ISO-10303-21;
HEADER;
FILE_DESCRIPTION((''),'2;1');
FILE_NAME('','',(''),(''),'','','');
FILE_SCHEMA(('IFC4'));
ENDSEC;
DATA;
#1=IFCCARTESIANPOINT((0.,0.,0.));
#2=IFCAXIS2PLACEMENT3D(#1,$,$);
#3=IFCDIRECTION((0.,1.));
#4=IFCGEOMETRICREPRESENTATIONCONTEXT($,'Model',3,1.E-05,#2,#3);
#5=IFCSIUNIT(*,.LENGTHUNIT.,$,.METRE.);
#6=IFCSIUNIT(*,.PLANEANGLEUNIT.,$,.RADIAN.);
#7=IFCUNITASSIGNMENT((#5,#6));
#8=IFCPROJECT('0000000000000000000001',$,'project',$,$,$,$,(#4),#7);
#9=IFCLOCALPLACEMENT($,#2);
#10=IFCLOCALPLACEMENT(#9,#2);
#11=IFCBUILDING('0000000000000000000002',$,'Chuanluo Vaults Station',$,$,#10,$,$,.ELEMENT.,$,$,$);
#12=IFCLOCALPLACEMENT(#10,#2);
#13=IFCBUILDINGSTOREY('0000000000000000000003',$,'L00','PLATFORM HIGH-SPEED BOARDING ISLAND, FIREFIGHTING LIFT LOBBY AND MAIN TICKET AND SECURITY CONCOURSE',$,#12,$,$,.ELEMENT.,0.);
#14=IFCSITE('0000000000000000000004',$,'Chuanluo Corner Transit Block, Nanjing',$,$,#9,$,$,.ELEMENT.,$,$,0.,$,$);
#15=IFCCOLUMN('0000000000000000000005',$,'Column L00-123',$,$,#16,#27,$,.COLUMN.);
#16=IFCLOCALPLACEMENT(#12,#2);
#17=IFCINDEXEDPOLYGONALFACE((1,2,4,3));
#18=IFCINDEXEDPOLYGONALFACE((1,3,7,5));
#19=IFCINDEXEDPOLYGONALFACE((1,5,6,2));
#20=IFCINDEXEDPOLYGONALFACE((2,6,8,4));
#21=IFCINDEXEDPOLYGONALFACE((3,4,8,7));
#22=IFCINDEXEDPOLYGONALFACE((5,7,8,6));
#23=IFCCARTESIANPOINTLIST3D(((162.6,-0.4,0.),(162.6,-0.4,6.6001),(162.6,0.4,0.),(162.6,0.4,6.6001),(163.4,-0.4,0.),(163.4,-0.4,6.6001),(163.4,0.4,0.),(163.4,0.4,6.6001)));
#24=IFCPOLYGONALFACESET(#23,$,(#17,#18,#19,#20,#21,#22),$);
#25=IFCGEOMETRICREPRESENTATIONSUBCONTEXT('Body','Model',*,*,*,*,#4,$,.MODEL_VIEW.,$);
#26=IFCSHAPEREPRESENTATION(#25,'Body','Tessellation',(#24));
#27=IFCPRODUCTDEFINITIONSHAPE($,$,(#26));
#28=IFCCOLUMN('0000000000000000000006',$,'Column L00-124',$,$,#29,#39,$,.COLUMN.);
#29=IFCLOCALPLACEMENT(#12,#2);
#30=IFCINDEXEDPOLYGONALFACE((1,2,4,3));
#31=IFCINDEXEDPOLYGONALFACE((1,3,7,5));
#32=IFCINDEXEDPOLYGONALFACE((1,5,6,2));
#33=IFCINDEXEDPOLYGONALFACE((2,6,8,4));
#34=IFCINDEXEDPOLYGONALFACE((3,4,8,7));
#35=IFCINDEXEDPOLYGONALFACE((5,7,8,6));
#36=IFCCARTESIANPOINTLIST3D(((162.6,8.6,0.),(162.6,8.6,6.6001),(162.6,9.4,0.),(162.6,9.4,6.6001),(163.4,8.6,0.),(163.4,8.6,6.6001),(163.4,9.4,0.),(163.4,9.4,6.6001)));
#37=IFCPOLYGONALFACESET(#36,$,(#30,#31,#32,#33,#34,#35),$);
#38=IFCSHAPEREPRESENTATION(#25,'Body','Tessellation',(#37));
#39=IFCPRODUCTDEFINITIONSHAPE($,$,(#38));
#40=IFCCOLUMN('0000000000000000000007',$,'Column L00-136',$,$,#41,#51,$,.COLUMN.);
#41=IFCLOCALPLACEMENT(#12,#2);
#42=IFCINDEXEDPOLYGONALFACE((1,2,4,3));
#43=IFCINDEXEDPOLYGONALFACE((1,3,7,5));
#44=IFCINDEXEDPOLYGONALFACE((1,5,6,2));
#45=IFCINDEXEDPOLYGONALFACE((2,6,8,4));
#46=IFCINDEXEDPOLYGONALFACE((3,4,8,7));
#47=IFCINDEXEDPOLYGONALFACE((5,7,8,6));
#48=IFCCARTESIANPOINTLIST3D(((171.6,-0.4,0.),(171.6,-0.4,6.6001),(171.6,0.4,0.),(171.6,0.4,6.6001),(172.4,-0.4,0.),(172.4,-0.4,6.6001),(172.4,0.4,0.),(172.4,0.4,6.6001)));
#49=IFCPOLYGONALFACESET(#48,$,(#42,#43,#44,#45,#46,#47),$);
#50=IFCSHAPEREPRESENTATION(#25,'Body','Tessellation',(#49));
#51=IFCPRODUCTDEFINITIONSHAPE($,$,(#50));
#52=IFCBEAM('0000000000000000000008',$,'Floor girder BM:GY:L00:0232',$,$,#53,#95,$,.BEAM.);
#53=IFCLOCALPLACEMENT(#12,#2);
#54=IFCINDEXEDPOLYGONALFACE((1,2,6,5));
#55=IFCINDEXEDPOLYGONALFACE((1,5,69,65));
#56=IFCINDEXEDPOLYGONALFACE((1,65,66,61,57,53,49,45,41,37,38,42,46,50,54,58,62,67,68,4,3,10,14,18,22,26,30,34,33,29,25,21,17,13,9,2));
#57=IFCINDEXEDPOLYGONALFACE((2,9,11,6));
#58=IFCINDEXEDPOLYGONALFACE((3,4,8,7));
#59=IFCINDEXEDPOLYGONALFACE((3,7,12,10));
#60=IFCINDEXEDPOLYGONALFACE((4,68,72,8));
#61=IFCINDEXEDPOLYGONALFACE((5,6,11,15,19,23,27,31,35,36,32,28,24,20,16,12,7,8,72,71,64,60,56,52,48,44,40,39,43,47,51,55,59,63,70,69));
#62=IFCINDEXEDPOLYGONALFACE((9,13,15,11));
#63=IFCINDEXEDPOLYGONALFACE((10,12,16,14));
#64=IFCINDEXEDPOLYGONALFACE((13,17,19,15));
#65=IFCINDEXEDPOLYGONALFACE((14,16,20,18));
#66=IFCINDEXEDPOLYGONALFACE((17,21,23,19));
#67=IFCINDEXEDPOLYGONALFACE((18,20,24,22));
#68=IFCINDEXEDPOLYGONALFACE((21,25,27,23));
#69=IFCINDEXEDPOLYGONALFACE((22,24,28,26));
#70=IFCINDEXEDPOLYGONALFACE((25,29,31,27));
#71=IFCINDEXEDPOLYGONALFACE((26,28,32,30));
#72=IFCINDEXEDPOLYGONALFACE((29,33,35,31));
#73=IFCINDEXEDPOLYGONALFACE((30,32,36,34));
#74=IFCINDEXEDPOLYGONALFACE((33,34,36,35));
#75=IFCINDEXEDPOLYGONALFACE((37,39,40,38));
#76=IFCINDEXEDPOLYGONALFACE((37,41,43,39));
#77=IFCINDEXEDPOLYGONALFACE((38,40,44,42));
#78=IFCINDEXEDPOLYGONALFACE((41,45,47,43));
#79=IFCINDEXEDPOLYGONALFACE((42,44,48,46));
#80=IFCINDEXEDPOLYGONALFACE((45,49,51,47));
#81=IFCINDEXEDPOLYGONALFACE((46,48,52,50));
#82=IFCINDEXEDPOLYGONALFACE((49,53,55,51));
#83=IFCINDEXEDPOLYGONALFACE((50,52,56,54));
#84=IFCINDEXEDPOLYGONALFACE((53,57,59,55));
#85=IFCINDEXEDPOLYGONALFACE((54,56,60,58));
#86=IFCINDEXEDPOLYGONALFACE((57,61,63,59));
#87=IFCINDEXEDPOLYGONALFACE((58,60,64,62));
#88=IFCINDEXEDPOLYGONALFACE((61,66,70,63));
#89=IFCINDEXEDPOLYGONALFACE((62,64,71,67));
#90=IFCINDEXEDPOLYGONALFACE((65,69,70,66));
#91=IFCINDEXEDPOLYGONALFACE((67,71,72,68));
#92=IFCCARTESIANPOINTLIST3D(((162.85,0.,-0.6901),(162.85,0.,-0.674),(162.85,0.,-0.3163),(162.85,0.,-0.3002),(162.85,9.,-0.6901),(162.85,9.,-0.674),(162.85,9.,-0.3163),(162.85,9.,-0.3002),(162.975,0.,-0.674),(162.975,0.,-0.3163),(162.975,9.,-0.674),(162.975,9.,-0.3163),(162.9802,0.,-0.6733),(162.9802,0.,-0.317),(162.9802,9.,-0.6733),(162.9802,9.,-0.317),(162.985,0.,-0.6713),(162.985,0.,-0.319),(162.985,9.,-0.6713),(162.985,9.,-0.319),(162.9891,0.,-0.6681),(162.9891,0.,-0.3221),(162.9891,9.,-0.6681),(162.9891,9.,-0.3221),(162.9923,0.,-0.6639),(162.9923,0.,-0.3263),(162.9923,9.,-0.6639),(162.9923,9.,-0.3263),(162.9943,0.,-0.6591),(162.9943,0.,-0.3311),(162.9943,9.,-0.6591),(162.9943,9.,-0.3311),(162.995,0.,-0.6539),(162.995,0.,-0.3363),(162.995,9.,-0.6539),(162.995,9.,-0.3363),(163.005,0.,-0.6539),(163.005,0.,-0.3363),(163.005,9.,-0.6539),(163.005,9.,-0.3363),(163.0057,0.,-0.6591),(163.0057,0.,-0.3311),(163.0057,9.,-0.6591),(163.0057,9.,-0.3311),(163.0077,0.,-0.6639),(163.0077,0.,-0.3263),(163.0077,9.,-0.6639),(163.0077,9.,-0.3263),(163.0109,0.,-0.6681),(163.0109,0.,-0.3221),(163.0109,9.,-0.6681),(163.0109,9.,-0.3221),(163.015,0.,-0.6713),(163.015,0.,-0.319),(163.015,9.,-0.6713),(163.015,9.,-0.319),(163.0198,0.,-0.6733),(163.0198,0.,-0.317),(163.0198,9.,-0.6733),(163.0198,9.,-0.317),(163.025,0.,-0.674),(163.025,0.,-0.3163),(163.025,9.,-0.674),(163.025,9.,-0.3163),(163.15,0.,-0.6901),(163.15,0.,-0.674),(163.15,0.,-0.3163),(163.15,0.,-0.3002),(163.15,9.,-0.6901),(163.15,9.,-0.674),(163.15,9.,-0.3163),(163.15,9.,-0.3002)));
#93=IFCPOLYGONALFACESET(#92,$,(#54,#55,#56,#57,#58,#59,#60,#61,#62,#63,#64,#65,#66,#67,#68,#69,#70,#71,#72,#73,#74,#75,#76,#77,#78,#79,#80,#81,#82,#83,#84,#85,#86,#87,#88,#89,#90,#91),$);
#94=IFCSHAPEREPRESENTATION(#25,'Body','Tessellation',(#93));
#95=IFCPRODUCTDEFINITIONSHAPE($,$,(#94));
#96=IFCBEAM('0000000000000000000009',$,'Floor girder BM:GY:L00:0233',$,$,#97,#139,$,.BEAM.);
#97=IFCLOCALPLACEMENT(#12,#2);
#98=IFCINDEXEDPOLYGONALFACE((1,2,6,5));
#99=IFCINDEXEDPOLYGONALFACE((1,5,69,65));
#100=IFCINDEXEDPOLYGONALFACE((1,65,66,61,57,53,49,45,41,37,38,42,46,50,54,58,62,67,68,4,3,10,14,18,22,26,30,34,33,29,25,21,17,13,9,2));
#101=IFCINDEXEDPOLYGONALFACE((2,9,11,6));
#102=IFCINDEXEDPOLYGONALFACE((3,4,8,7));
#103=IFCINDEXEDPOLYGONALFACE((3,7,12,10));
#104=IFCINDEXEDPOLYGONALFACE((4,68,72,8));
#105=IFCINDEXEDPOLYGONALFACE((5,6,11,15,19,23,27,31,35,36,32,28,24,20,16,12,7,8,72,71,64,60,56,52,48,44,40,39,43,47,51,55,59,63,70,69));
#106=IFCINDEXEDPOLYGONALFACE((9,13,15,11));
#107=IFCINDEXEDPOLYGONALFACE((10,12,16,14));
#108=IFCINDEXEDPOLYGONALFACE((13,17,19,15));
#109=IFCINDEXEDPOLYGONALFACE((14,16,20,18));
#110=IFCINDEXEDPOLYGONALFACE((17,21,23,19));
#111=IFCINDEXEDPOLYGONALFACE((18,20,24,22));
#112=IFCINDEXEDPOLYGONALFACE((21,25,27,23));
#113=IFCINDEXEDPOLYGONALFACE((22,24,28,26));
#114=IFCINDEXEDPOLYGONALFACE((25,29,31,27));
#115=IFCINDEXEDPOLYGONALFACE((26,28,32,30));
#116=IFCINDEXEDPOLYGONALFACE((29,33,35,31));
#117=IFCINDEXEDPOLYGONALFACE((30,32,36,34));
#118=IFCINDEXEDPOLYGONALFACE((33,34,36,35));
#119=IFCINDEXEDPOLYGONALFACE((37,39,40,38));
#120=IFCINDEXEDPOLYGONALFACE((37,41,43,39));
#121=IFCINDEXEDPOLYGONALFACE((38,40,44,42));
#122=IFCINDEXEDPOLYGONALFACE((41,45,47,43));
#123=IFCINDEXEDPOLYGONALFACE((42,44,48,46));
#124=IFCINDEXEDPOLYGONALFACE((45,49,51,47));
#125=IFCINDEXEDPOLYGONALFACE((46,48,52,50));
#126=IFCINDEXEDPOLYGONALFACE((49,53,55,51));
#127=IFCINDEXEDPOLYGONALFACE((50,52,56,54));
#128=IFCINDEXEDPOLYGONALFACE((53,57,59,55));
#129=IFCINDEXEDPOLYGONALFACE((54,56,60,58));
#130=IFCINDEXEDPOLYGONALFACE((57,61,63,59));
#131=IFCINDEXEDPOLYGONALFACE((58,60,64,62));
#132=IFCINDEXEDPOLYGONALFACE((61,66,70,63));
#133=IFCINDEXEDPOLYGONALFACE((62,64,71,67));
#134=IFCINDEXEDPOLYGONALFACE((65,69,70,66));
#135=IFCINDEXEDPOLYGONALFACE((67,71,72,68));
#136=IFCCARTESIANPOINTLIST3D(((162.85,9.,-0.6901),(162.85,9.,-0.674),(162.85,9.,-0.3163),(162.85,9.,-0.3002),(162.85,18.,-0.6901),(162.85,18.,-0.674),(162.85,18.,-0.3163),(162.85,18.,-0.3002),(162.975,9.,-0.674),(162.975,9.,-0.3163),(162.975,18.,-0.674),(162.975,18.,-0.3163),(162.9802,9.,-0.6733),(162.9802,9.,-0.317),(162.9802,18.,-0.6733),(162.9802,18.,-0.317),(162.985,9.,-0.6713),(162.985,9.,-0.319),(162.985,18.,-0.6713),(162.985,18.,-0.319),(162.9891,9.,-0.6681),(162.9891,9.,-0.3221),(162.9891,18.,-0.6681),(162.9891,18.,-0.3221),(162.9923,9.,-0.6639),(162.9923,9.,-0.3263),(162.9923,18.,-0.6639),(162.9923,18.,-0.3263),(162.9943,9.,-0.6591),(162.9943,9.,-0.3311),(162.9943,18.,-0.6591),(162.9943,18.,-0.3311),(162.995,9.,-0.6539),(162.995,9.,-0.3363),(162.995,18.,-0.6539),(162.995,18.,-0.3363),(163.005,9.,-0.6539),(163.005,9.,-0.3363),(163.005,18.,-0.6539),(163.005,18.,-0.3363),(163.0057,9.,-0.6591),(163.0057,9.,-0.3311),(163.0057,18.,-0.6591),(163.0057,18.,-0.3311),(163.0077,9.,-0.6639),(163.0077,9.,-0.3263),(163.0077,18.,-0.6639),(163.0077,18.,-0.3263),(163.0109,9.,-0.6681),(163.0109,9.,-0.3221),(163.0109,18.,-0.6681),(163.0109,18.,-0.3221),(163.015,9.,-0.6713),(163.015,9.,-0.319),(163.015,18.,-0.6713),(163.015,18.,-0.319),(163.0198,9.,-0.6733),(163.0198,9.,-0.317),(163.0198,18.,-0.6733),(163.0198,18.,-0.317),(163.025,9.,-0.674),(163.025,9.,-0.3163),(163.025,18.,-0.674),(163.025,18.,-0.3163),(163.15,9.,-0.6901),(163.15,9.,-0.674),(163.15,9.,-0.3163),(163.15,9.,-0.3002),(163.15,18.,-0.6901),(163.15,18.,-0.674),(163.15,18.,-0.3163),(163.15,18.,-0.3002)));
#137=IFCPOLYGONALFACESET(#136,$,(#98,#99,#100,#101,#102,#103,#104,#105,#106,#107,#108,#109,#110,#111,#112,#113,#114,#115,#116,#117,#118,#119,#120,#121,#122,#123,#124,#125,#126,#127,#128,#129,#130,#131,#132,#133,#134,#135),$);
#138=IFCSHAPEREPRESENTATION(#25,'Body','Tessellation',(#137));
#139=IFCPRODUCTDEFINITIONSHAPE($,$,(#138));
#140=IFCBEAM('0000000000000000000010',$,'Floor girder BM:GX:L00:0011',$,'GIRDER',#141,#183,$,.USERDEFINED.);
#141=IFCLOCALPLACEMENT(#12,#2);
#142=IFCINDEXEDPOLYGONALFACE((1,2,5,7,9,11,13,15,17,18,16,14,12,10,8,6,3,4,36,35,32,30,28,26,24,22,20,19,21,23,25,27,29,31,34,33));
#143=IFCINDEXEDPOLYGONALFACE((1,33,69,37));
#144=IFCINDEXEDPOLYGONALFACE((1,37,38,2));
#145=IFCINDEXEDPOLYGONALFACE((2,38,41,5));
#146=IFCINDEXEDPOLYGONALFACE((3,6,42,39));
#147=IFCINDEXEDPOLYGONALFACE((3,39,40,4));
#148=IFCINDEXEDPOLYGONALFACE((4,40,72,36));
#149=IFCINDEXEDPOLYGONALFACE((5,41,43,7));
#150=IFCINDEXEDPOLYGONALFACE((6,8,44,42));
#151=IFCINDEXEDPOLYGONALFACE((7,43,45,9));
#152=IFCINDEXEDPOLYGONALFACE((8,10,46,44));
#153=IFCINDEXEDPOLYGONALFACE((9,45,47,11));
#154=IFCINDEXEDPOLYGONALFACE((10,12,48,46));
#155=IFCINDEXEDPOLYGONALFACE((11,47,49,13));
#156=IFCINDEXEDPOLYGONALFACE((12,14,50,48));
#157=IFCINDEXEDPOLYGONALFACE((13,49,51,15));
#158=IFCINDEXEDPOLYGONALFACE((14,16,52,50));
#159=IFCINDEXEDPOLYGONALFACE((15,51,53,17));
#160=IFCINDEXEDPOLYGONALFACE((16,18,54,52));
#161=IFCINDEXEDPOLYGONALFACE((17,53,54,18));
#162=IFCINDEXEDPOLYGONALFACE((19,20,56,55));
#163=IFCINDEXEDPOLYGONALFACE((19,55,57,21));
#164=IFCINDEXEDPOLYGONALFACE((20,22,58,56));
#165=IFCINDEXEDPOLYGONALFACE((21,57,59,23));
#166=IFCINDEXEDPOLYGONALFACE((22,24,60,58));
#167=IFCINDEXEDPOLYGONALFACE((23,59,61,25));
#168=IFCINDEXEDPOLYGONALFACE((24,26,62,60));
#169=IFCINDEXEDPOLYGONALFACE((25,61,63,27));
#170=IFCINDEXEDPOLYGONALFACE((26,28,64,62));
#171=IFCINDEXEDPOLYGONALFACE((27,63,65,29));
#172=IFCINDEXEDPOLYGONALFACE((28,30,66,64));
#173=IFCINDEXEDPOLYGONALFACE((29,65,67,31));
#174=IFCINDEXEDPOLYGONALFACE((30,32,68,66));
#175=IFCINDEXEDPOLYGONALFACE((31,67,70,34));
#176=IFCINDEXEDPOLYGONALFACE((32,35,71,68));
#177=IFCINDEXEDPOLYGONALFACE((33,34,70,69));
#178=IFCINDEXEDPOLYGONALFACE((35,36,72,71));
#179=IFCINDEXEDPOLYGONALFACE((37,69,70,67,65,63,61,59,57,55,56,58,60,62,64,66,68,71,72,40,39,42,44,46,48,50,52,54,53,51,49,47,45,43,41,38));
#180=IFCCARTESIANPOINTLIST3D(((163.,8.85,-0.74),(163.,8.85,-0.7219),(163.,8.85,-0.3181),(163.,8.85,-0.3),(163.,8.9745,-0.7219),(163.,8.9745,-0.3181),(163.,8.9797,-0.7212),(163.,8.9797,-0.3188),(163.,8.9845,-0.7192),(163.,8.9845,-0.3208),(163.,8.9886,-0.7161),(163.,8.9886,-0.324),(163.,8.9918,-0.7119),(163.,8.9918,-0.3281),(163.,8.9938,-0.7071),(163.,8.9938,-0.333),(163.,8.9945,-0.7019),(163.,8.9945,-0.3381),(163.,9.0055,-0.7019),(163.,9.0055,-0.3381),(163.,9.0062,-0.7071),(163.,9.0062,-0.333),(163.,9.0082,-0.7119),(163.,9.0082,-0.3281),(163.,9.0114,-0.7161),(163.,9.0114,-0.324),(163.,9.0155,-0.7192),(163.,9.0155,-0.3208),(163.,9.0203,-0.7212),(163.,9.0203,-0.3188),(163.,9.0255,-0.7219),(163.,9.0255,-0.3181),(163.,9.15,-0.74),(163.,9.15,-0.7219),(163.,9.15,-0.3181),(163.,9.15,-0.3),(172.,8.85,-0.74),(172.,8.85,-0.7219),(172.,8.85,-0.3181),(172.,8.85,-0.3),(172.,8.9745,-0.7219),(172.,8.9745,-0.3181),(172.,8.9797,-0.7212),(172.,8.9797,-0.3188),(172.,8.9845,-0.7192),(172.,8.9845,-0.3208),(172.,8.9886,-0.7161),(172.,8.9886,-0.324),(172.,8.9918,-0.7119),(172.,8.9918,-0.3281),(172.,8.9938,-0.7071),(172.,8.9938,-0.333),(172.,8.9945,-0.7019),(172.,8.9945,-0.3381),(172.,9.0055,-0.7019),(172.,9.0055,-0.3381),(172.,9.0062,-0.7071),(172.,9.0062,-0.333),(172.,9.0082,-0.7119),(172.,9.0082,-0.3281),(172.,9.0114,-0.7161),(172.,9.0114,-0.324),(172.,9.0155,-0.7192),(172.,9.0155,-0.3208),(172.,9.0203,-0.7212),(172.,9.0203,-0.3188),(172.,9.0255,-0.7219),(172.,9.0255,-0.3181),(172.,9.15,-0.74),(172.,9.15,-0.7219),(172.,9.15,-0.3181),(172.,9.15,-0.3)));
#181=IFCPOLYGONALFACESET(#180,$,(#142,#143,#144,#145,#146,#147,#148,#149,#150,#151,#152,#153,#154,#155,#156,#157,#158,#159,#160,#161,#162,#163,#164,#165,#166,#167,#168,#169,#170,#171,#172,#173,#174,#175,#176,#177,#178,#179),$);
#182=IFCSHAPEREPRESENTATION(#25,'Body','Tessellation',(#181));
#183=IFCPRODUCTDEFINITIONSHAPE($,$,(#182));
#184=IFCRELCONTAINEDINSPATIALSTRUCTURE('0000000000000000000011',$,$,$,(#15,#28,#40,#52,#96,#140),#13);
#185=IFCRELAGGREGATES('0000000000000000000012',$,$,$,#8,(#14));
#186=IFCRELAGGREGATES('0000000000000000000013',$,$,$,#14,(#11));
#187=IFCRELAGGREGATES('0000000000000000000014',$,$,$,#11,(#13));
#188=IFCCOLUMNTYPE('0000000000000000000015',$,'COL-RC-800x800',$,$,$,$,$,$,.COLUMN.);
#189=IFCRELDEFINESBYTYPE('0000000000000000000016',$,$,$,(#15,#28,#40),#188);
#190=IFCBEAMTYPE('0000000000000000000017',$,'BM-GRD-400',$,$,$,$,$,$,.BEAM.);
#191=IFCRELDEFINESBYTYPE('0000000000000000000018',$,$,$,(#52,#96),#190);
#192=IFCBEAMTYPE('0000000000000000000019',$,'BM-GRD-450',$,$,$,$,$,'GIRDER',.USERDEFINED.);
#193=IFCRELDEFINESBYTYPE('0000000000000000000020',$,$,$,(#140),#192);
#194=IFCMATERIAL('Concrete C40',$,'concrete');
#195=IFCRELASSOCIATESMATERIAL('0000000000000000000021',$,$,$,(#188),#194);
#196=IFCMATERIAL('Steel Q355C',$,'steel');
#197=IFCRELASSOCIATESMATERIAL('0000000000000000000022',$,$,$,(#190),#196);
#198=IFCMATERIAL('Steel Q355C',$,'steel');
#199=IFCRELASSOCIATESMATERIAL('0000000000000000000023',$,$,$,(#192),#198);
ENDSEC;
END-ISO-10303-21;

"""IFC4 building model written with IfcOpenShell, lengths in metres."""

from ifc_helpers import new_model, si_unit, direction, frame, origin, origin_2d, place, context, subcontext, project, spatial, rectangle, i_section, extrude, material, material_profile, profile_set, type_object, element, save


model = new_model("IFC4")

# Units and contexts
model_context = context("Model", 3, precision=1e-05, world=origin(), true_north=direction((0.0, 1.0)))
body_context = subcontext(model_context, "Body", "Model", "MODEL_VIEW")
ifc_project = project(units=[si_unit("LENGTHUNIT", "METRE"), si_unit("PLANEANGLEUNIT", "RADIAN")], contexts=[model_context])

# Site, building, storey
site_placement = place(None, origin())
site = spatial("IfcSite", under=ifc_project, at=site_placement, Name="Chuanluo Corner Transit Block, Nanjing", CompositionType="ELEMENT", RefElevation=0.0)
building_placement = place(site_placement, origin())
building = spatial("IfcBuilding", under=site, at=building_placement, Name="Chuanluo Vaults Station", CompositionType="ELEMENT")
storey_placement = place(building_placement, origin())
storey = spatial("IfcBuildingStorey", under=building, at=storey_placement, Name="L00", Description="PLATFORM HIGH-SPEED BOARDING ISLAND, FIREFIGHTING LIFT LOBBY AND MAIN TICKET AND SECURITY CONCOURSE", CompositionType="ELEMENT", Elevation=0.0)

# Columns
ifc_material_1 = material(Name="Concrete C40", Category="concrete")
ifc_material_profile_1 = material_profile(ifc_material_1, rectangle(XDim=0.8, YDim=0.8, at=origin_2d()))
ifc_profile_set_1 = profile_set([ifc_material_profile_1], Name="Concrete C40")
column_type = type_object("IfcColumnType", Name="COL-RC-800x800", PredefinedType="COLUMN", material=ifc_profile_set_1)
for number, where, z_axis, x_axis, name in (
    (1, (163.0, 0.0, 0.0), (0.0, 0.0, 1.0), (1.0, 0.0, 0.0), "Column L00-123"),
    (2, (163.0, 9.0, 0.0), (0.0, 0.0, 1.0), (1.0, 0.0, 0.0), "Column L00-124"),
    (3, (172.0, 0.0, 0.0), (0.0, 0.0, 1.0), (1.0, 0.0, 0.0), "Column L00-136"),
):
    element("IfcColumn", number, at=place(storey_placement, frame(where, z_axis=z_axis, x_axis=x_axis)), inside=storey, type_object=column_type, Name=name, PredefinedType="COLUMN", context=body_context, shape_type="SweptSolid", body=[
        extrude(rectangle(XDim=0.8, YDim=0.8, at=origin_2d()), origin(), (0.0, 0.0, 1.0), 6.6001),
    ])

# Beams
ifc_material_2 = material(Name="Steel Q355C", Category="steel")
ifc_material_profile_2 = material_profile(ifc_material_2, i_section(OverallWidth=0.3, OverallDepth=0.3899, WebThickness=0.01, FlangeThickness=0.0161, FilletRadius=0.02, at=origin_2d()))
ifc_profile_set_2 = profile_set([ifc_material_profile_2], Name="Steel Q355C")
beam_type_1 = type_object("IfcBeamType", Name="BM-GRD-400", PredefinedType="BEAM", material=ifc_profile_set_2)
for number, where, z_axis, x_axis, name in (
    (4, (163.0, 0.0, -0.4951), (0.0, 1.0, 0.0), (-1.0, 0.0, 0.0), "Floor girder BM:GY:L00:0232"),
    (5, (163.0, 9.0, -0.4951), (0.0, 1.0, 0.0), (-1.0, 0.0, 0.0), "Floor girder BM:GY:L00:0233"),
):
    element("IfcBeam", number, at=place(storey_placement, frame(where, z_axis=z_axis, x_axis=x_axis)), inside=storey, type_object=beam_type_1, Name=name, PredefinedType="BEAM", context=body_context, shape_type="SweptSolid", body=[
        extrude(i_section(OverallWidth=0.3, OverallDepth=0.3899, WebThickness=0.01, FlangeThickness=0.0161, FilletRadius=0.02, at=origin_2d()), origin(), (0.0, 0.0, 1.0), 9.0),
    ])
ifc_material_3 = material(Name="Steel Q355C", Category="steel")
ifc_material_profile_3 = material_profile(ifc_material_3, i_section(OverallWidth=0.3, OverallDepth=0.4399, WebThickness=0.011, FlangeThickness=0.0181, FilletRadius=0.02, at=origin_2d()))
ifc_profile_set_3 = profile_set([ifc_material_profile_3], Name="Steel Q355C")
beam_type_2 = type_object("IfcBeamType", Name="BM-GRD-450", ElementType="GIRDER", PredefinedType="USERDEFINED", material=ifc_profile_set_3)
beam_1_placement = place(storey_placement, frame((163.0, 9.0, -0.52), z_axis=(1.0, 0.0, 0.0), x_axis=(0.0, 1.0, 0.0)))
element("IfcBeam", 6, at=beam_1_placement, inside=storey, type_object=beam_type_2, Name="Floor girder BM:GX:L00:0011", ObjectType="GIRDER", PredefinedType="USERDEFINED", context=body_context, shape_type="SweptSolid", body=[
    extrude(i_section(OverallWidth=0.3, OverallDepth=0.4399, WebThickness=0.011, FlangeThickness=0.0181, FilletRadius=0.02, at=origin_2d()), origin(), (0.0, 0.0, 1.0), 9.0),
])

save(model, "model.ifc")
